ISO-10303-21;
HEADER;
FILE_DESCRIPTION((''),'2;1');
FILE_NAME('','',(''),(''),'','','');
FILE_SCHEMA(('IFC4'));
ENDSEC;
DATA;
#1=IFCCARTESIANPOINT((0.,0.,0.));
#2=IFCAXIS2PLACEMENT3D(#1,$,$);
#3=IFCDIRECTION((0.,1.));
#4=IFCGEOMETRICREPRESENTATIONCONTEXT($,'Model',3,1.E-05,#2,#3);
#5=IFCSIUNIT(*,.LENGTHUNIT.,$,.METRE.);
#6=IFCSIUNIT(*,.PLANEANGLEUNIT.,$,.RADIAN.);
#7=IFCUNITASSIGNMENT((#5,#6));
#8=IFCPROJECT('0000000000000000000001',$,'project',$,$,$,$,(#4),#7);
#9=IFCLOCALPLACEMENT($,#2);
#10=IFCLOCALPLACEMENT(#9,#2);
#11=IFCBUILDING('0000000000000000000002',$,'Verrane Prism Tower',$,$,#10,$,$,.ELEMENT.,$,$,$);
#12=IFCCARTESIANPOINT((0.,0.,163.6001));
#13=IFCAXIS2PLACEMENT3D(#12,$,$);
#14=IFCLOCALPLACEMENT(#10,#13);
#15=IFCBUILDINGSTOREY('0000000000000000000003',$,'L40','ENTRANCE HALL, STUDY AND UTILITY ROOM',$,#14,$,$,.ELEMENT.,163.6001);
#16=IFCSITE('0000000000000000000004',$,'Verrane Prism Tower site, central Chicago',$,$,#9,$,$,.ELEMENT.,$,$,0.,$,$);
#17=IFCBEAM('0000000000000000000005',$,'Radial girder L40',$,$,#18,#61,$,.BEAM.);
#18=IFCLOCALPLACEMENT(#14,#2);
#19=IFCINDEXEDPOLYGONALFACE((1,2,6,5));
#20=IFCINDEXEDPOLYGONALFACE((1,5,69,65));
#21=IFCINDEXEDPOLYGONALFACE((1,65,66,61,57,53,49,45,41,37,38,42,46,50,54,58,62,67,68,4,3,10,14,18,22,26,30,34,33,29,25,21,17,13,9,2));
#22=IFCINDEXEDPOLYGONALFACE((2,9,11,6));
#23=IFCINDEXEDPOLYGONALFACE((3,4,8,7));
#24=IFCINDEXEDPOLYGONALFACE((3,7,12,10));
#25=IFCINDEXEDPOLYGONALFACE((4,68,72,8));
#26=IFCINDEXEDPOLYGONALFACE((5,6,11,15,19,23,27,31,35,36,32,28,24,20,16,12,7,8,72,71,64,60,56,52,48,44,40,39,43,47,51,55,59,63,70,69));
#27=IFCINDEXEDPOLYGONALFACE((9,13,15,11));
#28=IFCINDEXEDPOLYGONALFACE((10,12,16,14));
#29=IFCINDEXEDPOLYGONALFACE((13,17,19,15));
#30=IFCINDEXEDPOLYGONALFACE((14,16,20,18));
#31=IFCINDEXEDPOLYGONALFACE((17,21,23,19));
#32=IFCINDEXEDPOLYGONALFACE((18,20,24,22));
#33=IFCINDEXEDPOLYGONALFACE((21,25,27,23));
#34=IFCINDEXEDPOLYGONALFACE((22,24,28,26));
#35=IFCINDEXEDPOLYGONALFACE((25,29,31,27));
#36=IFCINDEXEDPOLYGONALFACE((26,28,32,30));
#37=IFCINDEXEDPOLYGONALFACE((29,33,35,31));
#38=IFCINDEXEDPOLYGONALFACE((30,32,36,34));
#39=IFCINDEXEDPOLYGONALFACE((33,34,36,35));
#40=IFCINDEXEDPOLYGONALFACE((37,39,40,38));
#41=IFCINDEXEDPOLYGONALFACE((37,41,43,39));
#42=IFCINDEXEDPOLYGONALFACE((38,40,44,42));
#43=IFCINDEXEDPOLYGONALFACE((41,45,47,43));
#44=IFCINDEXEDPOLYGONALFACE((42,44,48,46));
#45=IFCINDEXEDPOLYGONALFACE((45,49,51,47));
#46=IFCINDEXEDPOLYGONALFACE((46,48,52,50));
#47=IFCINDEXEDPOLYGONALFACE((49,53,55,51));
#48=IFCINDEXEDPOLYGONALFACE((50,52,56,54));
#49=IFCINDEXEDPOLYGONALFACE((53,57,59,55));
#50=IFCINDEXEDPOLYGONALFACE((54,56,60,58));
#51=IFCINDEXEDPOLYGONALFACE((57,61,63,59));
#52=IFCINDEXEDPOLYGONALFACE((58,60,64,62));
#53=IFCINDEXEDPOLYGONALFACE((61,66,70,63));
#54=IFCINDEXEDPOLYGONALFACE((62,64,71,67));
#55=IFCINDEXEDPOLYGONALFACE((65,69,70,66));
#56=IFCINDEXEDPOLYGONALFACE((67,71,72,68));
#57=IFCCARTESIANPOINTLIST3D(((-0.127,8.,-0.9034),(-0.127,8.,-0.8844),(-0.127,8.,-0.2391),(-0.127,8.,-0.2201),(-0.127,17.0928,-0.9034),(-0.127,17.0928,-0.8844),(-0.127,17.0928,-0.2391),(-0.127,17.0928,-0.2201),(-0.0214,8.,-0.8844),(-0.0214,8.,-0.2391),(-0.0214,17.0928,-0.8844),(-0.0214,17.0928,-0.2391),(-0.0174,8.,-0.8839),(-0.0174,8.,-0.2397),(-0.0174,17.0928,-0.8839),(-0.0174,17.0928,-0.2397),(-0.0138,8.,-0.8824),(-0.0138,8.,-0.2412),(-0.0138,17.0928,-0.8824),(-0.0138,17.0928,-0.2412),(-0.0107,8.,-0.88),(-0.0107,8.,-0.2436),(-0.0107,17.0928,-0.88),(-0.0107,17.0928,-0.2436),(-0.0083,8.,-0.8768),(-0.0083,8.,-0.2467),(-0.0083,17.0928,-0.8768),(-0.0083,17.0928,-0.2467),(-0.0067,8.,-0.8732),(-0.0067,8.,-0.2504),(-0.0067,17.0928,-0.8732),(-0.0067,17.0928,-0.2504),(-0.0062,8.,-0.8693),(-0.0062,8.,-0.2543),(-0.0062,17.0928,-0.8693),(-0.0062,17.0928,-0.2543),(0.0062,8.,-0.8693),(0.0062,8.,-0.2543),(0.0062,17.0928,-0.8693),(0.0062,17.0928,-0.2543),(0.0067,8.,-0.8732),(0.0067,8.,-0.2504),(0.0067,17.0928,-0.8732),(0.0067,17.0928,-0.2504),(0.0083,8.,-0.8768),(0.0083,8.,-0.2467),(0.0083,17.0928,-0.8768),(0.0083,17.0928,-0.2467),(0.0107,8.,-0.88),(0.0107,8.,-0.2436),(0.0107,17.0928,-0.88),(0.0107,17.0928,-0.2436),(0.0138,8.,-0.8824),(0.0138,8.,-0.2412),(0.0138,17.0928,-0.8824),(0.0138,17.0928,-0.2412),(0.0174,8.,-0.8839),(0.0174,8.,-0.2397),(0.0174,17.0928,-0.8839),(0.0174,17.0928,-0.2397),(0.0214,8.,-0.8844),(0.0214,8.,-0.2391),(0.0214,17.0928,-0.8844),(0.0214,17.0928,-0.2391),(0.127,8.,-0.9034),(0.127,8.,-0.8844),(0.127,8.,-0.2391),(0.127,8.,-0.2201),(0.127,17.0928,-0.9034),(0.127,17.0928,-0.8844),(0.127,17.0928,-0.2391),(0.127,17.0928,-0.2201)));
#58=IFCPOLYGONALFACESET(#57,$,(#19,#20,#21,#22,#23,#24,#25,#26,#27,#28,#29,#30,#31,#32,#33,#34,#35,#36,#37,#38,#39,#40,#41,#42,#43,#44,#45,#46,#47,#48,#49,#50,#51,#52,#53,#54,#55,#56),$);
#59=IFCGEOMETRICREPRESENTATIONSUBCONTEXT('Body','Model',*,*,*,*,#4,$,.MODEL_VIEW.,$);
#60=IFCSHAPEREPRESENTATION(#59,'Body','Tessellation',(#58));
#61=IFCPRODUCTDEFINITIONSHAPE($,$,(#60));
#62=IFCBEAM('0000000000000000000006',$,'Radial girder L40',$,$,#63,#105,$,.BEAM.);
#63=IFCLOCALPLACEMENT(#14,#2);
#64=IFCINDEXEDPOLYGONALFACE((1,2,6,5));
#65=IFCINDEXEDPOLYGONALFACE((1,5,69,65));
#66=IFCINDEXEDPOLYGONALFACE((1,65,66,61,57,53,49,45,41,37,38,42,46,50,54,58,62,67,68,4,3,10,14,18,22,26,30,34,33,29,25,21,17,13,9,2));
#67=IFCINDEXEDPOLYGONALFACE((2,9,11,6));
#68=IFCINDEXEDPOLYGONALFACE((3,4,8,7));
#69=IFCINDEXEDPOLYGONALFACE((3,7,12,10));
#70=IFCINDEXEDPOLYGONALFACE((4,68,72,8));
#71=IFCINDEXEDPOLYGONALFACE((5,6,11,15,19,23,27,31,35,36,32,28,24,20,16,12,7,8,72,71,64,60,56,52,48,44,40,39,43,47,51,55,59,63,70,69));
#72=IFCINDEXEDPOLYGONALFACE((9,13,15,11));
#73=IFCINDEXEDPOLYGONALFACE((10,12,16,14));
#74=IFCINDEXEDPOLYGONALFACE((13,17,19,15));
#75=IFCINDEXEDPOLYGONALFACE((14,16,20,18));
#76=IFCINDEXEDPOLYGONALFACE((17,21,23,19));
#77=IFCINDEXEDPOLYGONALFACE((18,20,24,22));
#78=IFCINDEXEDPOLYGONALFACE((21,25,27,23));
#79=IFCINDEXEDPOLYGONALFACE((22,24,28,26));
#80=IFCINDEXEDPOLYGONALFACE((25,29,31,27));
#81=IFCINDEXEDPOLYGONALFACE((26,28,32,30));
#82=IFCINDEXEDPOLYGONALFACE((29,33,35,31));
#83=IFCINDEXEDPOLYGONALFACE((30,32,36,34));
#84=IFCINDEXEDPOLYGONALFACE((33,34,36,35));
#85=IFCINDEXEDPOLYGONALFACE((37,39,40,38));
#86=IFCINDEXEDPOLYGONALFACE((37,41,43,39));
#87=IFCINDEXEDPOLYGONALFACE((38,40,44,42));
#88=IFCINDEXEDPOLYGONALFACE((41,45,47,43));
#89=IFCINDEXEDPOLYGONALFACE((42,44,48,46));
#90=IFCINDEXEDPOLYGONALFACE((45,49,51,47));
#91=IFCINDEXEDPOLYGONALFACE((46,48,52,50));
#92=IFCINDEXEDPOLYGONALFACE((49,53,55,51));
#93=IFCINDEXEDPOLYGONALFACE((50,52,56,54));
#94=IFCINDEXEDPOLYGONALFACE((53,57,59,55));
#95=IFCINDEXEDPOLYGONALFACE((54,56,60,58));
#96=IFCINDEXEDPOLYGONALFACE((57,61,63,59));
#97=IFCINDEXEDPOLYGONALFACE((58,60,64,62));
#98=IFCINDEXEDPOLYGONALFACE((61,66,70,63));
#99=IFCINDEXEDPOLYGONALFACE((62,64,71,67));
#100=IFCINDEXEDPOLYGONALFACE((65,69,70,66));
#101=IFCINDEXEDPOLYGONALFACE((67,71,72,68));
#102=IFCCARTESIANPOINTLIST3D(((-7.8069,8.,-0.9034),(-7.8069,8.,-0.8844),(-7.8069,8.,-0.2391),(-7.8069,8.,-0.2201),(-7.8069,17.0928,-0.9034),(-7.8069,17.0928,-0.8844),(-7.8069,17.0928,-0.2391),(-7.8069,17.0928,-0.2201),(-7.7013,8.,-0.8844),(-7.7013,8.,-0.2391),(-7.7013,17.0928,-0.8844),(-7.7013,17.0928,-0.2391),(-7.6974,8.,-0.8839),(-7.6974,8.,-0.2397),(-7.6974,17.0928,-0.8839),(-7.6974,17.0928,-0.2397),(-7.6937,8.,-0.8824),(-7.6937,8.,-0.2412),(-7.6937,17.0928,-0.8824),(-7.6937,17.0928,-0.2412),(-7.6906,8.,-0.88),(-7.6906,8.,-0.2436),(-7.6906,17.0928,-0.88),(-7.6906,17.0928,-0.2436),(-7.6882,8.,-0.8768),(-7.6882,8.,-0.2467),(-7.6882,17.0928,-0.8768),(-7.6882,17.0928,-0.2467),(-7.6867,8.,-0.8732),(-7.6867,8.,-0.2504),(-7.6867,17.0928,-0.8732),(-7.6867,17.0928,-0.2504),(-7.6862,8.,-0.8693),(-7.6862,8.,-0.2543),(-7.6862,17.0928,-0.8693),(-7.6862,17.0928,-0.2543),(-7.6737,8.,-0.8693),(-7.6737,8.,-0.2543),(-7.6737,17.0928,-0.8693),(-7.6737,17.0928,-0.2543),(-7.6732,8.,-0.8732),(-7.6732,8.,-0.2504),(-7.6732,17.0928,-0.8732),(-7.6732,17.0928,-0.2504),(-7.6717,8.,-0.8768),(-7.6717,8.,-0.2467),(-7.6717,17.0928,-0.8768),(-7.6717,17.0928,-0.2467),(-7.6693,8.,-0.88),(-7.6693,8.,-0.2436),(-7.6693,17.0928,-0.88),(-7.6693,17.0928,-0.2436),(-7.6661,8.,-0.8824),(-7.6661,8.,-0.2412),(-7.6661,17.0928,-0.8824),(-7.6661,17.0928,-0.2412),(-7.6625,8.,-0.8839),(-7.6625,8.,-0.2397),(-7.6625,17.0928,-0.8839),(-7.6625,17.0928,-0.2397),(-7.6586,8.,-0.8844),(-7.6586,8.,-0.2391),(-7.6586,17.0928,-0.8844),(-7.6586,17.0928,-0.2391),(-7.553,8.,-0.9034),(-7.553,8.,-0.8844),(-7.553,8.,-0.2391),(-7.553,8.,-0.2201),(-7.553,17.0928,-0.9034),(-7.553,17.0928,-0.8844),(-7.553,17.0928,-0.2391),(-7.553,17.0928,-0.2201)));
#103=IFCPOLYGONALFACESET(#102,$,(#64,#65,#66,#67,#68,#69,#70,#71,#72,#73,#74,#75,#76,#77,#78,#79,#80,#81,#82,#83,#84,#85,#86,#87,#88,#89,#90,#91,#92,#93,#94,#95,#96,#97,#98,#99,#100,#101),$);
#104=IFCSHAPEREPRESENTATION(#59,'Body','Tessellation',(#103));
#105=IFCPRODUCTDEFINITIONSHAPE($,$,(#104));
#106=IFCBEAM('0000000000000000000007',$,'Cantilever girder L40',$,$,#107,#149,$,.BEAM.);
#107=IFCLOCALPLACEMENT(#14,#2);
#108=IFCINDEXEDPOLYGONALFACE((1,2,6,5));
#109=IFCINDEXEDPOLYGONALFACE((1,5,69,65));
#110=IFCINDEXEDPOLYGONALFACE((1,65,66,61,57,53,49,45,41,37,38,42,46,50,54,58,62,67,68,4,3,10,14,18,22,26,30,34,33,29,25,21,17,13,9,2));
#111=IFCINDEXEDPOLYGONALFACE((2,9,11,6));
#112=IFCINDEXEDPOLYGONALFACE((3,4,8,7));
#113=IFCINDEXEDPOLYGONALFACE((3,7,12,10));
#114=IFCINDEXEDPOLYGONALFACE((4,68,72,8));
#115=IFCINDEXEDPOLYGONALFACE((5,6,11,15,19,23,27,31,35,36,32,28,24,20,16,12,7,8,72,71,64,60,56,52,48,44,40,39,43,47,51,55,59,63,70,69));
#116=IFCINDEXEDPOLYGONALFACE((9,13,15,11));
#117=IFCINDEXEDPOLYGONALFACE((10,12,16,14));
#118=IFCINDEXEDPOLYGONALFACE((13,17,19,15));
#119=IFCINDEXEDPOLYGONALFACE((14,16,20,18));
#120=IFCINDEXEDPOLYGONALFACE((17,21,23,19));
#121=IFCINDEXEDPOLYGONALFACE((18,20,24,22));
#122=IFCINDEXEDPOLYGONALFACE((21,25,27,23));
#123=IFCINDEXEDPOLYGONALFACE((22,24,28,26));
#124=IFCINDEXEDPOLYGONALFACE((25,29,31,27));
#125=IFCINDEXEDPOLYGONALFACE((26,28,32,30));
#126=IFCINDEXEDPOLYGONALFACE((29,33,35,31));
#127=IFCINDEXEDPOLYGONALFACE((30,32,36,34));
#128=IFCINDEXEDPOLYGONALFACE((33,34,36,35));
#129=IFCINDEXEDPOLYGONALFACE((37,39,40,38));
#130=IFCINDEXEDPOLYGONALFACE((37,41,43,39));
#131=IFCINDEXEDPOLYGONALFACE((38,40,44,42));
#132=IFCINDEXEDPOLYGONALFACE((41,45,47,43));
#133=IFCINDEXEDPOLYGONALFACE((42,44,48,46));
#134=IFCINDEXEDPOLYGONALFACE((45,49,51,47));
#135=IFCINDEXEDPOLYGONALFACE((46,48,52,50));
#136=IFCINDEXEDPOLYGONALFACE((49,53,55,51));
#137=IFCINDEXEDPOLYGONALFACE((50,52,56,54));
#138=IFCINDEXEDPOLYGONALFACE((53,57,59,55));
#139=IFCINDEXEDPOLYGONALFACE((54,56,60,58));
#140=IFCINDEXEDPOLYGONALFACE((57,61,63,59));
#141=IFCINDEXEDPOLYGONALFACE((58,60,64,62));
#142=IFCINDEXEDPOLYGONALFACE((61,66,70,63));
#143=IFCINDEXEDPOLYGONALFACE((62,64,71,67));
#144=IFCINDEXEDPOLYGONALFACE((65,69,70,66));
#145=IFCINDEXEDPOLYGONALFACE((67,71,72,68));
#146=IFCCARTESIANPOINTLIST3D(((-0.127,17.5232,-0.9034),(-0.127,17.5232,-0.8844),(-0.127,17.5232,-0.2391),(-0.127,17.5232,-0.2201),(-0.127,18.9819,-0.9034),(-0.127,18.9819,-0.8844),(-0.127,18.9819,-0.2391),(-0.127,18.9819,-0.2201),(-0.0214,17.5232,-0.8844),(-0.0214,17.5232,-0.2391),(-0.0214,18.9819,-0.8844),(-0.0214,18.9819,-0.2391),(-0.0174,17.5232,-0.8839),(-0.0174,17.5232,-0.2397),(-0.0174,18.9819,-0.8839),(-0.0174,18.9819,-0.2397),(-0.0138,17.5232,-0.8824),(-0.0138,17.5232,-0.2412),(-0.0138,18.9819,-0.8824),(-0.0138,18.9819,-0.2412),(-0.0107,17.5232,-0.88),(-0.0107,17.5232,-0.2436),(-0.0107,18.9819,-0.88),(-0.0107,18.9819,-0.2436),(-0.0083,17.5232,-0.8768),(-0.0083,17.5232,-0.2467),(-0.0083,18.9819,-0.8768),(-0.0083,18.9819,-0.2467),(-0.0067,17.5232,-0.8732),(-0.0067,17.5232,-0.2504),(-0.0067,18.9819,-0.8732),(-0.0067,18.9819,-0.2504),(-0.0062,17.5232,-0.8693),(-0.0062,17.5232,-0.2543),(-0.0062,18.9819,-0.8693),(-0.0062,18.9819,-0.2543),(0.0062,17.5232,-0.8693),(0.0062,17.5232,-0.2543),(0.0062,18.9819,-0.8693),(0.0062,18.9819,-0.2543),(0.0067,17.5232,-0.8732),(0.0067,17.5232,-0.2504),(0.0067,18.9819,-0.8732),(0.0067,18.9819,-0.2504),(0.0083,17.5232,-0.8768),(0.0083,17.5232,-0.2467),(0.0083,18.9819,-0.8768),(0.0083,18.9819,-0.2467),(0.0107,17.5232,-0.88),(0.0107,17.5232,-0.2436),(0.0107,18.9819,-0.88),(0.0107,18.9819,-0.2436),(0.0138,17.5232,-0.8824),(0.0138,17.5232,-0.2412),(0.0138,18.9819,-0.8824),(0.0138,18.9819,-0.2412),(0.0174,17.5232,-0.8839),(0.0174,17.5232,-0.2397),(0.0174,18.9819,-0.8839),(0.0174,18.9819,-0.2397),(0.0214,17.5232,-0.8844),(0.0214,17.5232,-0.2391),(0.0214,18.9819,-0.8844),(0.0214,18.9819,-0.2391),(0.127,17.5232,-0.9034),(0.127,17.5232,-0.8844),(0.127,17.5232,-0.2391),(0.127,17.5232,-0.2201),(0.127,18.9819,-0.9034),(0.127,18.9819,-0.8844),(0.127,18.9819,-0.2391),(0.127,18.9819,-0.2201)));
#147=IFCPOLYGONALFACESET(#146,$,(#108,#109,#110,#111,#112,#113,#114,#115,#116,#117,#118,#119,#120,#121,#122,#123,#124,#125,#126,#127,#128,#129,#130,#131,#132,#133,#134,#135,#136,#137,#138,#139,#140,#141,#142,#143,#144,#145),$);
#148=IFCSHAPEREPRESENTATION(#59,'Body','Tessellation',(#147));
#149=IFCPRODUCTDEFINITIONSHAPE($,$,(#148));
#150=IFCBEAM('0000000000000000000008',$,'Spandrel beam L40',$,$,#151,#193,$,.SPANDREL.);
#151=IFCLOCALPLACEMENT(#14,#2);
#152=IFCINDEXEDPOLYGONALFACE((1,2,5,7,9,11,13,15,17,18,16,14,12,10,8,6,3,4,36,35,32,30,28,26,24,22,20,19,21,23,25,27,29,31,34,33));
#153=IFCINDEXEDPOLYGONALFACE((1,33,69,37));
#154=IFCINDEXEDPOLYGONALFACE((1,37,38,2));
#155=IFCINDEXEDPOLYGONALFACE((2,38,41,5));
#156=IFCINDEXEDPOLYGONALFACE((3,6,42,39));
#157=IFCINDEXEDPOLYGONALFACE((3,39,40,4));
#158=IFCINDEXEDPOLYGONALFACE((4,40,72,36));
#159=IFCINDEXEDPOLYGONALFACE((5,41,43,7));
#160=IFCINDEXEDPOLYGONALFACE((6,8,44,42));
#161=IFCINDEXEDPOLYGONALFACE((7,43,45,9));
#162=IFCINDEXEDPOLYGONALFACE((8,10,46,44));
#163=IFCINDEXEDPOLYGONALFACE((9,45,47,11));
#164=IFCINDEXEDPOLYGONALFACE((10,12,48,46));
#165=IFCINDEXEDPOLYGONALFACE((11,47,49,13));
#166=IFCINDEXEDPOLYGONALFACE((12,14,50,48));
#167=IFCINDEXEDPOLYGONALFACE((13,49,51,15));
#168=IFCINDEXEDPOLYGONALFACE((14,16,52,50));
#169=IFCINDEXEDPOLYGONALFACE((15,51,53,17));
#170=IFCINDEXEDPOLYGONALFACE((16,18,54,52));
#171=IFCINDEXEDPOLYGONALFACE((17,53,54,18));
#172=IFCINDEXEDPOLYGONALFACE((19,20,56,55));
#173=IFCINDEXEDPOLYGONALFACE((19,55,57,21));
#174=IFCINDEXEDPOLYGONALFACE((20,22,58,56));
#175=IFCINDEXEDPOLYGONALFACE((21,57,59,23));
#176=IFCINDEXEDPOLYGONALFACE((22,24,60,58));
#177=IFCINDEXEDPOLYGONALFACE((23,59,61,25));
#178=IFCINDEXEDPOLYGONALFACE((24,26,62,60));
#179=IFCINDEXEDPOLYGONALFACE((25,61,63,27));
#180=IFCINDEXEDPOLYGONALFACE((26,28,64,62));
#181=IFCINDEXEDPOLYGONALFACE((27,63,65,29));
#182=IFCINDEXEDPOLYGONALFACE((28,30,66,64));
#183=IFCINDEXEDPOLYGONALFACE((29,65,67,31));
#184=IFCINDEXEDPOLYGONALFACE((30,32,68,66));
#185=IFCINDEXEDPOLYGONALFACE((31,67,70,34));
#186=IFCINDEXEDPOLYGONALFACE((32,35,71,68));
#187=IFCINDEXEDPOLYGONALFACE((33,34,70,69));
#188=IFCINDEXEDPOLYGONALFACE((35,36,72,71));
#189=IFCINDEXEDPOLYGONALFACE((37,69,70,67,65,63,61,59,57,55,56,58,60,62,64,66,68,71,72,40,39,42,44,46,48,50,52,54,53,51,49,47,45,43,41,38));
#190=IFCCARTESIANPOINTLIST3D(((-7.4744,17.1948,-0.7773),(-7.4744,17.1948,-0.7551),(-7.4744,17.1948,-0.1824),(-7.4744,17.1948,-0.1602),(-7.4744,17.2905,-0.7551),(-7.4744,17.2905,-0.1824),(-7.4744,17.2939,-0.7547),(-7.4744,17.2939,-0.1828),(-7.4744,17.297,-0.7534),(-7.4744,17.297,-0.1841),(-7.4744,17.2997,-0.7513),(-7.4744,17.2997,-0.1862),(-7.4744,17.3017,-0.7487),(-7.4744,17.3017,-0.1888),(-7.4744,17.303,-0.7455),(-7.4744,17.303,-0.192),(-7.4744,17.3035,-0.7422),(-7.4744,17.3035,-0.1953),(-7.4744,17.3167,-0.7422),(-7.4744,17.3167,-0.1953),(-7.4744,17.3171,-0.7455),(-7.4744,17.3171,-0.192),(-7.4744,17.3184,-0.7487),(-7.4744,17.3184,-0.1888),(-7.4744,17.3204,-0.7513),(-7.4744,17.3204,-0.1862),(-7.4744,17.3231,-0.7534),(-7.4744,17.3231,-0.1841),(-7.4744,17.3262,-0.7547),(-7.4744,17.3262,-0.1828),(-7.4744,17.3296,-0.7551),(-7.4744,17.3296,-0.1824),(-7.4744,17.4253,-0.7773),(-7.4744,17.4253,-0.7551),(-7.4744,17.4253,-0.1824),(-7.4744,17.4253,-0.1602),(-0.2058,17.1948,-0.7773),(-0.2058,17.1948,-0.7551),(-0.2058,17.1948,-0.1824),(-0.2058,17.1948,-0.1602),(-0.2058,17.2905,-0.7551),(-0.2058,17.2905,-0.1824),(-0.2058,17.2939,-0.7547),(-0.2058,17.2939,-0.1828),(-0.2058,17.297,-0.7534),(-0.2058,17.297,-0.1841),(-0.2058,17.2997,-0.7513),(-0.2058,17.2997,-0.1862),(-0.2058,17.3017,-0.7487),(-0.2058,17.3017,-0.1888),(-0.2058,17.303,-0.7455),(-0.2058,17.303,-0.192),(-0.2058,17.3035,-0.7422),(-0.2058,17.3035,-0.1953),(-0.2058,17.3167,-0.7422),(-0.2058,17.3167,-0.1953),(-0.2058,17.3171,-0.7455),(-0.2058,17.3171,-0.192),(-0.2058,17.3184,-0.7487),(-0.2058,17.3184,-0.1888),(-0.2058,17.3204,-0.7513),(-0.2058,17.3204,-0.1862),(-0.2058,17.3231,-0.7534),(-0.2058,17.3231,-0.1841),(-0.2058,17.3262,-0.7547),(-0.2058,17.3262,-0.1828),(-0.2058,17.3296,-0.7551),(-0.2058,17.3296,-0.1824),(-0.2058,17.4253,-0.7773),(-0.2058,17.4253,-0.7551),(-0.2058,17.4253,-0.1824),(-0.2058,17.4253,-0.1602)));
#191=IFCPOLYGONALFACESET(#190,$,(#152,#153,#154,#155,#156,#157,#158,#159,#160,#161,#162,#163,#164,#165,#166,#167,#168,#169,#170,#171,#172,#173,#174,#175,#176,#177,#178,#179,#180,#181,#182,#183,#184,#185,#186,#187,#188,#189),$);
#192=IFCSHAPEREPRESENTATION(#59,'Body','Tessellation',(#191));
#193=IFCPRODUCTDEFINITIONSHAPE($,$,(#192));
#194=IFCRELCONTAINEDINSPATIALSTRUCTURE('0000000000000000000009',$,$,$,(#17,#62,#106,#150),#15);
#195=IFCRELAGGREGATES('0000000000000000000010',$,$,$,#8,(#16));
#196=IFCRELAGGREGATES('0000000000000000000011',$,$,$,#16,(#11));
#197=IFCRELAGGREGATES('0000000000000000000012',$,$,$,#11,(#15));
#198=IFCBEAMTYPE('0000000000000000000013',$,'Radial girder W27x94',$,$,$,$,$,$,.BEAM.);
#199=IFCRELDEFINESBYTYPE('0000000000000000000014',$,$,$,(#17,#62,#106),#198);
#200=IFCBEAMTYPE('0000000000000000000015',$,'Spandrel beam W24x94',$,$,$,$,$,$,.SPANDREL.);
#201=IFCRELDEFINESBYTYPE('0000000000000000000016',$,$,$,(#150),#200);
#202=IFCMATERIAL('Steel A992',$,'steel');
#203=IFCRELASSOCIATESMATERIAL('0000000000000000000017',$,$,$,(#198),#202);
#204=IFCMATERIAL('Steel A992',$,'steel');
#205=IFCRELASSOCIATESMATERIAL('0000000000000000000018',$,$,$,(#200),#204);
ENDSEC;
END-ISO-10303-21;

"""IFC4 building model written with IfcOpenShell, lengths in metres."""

from ifc_helpers import new_model, si_unit, direction, frame, origin, origin_2d, place, context, subcontext, project, spatial, i_section, extrude, material, material_profile, profile_set, type_object, element, save


model = new_model("IFC4")

# Units and contexts
model_context = context("Model", 3, precision=1e-05, world=origin(), true_north=direction((0.0, 1.0)))
body_context = subcontext(model_context, "Body", "Model", "MODEL_VIEW")
ifc_project = project(units=[si_unit("LENGTHUNIT", "METRE"), si_unit("PLANEANGLEUNIT", "RADIAN")], contexts=[model_context])

# Site, building, storey
site_placement = place(None, origin())
site = spatial("IfcSite", under=ifc_project, at=site_placement, Name="Verrane Prism Tower site, central Chicago", CompositionType="ELEMENT", RefElevation=0.0)
building_placement = place(site_placement, origin())
building = spatial("IfcBuilding", under=site, at=building_placement, Name="Verrane Prism Tower", CompositionType="ELEMENT")
storey_placement = place(building_placement, frame((0.0, 0.0, 163.6001)))
storey = spatial("IfcBuildingStorey", under=building, at=storey_placement, Name="L40", Description="ENTRANCE HALL, STUDY AND UTILITY ROOM", CompositionType="ELEMENT", Elevation=163.6001)

# Beams
ifc_material_1 = material(Name="Steel A992", Category="steel")
ifc_material_profile_1 = material_profile(ifc_material_1, i_section(OverallWidth=0.2539, OverallDepth=0.6833, WebThickness=0.0125, FlangeThickness=0.019, FilletRadius=0.0151, at=origin_2d()), Name="W27x94")
ifc_profile_set_1 = profile_set([ifc_material_profile_1], Name="Steel A992")
beam_type_1 = type_object("IfcBeamType", Name="Radial girder W27x94", PredefinedType="BEAM", material=ifc_profile_set_1)
for number, where, z_axis, x_axis, name in (
    (1, (0.0, 17.0928, -0.5618), (0.0, -1.0, 0.0), (1.0, 0.0, 0.0), "Radial girder L40"),
    (2, (-7.6799, 17.0928, -0.5618), (0.0, -1.0, 0.0), (1.0, 0.0, 0.0), "Radial girder L40"),
):
    element("IfcBeam", number, at=place(storey_placement, frame(where, z_axis=z_axis, x_axis=x_axis)), inside=storey, type_object=beam_type_1, Name=name, PredefinedType="BEAM", context=body_context, shape_type="SweptSolid", body=[
        extrude(i_section(OverallWidth=0.2539, OverallDepth=0.6833, WebThickness=0.0125, FlangeThickness=0.019, FilletRadius=0.0151, at=origin_2d()), origin(), (0.0, 0.0, 1.0), 9.0928),
    ])
beam_1_placement = place(storey_placement, frame((0.0, 17.5232, -0.5618), z_axis=(0.0, 1.0, 0.0), x_axis=(-1.0, 0.0, 0.0)))
element("IfcBeam", 3, at=beam_1_placement, inside=storey, type_object=beam_type_1, Name="Cantilever girder L40", PredefinedType="BEAM", context=body_context, shape_type="SweptSolid", body=[
    extrude(i_section(OverallWidth=0.2539, OverallDepth=0.6833, WebThickness=0.0125, FlangeThickness=0.019, FilletRadius=0.0151, at=origin_2d()), origin(), (0.0, 0.0, 1.0), 1.4587),
])
ifc_material_2 = material(Name="Steel A992", Category="steel")
ifc_material_profile_2 = material_profile(ifc_material_2, i_section(OverallWidth=0.2305, OverallDepth=0.6172, WebThickness=0.0132, FlangeThickness=0.0222, FilletRadius=0.0129, at=origin_2d()), Name="W24x94")
ifc_profile_set_2 = profile_set([ifc_material_profile_2], Name="Steel A992")
beam_type_2 = type_object("IfcBeamType", Name="Spandrel beam W24x94", PredefinedType="SPANDREL", material=ifc_profile_set_2)
beam_2_placement = place(storey_placement, frame((-0.2058, 17.3101, -0.4688), z_axis=(-1.0, 0.0, 0.0), x_axis=(0.0, -1.0, 0.0)))
element("IfcBeam", 4, at=beam_2_placement, inside=storey, type_object=beam_type_2, Name="Spandrel beam L40", PredefinedType="SPANDREL", context=body_context, shape_type="SweptSolid", body=[
    extrude(i_section(OverallWidth=0.2305, OverallDepth=0.6172, WebThickness=0.0132, FlangeThickness=0.0222, FilletRadius=0.0129, at=origin_2d()), origin(), (0.0, 0.0, 1.0), 7.2686),
])

save(model, "model.ifc")
